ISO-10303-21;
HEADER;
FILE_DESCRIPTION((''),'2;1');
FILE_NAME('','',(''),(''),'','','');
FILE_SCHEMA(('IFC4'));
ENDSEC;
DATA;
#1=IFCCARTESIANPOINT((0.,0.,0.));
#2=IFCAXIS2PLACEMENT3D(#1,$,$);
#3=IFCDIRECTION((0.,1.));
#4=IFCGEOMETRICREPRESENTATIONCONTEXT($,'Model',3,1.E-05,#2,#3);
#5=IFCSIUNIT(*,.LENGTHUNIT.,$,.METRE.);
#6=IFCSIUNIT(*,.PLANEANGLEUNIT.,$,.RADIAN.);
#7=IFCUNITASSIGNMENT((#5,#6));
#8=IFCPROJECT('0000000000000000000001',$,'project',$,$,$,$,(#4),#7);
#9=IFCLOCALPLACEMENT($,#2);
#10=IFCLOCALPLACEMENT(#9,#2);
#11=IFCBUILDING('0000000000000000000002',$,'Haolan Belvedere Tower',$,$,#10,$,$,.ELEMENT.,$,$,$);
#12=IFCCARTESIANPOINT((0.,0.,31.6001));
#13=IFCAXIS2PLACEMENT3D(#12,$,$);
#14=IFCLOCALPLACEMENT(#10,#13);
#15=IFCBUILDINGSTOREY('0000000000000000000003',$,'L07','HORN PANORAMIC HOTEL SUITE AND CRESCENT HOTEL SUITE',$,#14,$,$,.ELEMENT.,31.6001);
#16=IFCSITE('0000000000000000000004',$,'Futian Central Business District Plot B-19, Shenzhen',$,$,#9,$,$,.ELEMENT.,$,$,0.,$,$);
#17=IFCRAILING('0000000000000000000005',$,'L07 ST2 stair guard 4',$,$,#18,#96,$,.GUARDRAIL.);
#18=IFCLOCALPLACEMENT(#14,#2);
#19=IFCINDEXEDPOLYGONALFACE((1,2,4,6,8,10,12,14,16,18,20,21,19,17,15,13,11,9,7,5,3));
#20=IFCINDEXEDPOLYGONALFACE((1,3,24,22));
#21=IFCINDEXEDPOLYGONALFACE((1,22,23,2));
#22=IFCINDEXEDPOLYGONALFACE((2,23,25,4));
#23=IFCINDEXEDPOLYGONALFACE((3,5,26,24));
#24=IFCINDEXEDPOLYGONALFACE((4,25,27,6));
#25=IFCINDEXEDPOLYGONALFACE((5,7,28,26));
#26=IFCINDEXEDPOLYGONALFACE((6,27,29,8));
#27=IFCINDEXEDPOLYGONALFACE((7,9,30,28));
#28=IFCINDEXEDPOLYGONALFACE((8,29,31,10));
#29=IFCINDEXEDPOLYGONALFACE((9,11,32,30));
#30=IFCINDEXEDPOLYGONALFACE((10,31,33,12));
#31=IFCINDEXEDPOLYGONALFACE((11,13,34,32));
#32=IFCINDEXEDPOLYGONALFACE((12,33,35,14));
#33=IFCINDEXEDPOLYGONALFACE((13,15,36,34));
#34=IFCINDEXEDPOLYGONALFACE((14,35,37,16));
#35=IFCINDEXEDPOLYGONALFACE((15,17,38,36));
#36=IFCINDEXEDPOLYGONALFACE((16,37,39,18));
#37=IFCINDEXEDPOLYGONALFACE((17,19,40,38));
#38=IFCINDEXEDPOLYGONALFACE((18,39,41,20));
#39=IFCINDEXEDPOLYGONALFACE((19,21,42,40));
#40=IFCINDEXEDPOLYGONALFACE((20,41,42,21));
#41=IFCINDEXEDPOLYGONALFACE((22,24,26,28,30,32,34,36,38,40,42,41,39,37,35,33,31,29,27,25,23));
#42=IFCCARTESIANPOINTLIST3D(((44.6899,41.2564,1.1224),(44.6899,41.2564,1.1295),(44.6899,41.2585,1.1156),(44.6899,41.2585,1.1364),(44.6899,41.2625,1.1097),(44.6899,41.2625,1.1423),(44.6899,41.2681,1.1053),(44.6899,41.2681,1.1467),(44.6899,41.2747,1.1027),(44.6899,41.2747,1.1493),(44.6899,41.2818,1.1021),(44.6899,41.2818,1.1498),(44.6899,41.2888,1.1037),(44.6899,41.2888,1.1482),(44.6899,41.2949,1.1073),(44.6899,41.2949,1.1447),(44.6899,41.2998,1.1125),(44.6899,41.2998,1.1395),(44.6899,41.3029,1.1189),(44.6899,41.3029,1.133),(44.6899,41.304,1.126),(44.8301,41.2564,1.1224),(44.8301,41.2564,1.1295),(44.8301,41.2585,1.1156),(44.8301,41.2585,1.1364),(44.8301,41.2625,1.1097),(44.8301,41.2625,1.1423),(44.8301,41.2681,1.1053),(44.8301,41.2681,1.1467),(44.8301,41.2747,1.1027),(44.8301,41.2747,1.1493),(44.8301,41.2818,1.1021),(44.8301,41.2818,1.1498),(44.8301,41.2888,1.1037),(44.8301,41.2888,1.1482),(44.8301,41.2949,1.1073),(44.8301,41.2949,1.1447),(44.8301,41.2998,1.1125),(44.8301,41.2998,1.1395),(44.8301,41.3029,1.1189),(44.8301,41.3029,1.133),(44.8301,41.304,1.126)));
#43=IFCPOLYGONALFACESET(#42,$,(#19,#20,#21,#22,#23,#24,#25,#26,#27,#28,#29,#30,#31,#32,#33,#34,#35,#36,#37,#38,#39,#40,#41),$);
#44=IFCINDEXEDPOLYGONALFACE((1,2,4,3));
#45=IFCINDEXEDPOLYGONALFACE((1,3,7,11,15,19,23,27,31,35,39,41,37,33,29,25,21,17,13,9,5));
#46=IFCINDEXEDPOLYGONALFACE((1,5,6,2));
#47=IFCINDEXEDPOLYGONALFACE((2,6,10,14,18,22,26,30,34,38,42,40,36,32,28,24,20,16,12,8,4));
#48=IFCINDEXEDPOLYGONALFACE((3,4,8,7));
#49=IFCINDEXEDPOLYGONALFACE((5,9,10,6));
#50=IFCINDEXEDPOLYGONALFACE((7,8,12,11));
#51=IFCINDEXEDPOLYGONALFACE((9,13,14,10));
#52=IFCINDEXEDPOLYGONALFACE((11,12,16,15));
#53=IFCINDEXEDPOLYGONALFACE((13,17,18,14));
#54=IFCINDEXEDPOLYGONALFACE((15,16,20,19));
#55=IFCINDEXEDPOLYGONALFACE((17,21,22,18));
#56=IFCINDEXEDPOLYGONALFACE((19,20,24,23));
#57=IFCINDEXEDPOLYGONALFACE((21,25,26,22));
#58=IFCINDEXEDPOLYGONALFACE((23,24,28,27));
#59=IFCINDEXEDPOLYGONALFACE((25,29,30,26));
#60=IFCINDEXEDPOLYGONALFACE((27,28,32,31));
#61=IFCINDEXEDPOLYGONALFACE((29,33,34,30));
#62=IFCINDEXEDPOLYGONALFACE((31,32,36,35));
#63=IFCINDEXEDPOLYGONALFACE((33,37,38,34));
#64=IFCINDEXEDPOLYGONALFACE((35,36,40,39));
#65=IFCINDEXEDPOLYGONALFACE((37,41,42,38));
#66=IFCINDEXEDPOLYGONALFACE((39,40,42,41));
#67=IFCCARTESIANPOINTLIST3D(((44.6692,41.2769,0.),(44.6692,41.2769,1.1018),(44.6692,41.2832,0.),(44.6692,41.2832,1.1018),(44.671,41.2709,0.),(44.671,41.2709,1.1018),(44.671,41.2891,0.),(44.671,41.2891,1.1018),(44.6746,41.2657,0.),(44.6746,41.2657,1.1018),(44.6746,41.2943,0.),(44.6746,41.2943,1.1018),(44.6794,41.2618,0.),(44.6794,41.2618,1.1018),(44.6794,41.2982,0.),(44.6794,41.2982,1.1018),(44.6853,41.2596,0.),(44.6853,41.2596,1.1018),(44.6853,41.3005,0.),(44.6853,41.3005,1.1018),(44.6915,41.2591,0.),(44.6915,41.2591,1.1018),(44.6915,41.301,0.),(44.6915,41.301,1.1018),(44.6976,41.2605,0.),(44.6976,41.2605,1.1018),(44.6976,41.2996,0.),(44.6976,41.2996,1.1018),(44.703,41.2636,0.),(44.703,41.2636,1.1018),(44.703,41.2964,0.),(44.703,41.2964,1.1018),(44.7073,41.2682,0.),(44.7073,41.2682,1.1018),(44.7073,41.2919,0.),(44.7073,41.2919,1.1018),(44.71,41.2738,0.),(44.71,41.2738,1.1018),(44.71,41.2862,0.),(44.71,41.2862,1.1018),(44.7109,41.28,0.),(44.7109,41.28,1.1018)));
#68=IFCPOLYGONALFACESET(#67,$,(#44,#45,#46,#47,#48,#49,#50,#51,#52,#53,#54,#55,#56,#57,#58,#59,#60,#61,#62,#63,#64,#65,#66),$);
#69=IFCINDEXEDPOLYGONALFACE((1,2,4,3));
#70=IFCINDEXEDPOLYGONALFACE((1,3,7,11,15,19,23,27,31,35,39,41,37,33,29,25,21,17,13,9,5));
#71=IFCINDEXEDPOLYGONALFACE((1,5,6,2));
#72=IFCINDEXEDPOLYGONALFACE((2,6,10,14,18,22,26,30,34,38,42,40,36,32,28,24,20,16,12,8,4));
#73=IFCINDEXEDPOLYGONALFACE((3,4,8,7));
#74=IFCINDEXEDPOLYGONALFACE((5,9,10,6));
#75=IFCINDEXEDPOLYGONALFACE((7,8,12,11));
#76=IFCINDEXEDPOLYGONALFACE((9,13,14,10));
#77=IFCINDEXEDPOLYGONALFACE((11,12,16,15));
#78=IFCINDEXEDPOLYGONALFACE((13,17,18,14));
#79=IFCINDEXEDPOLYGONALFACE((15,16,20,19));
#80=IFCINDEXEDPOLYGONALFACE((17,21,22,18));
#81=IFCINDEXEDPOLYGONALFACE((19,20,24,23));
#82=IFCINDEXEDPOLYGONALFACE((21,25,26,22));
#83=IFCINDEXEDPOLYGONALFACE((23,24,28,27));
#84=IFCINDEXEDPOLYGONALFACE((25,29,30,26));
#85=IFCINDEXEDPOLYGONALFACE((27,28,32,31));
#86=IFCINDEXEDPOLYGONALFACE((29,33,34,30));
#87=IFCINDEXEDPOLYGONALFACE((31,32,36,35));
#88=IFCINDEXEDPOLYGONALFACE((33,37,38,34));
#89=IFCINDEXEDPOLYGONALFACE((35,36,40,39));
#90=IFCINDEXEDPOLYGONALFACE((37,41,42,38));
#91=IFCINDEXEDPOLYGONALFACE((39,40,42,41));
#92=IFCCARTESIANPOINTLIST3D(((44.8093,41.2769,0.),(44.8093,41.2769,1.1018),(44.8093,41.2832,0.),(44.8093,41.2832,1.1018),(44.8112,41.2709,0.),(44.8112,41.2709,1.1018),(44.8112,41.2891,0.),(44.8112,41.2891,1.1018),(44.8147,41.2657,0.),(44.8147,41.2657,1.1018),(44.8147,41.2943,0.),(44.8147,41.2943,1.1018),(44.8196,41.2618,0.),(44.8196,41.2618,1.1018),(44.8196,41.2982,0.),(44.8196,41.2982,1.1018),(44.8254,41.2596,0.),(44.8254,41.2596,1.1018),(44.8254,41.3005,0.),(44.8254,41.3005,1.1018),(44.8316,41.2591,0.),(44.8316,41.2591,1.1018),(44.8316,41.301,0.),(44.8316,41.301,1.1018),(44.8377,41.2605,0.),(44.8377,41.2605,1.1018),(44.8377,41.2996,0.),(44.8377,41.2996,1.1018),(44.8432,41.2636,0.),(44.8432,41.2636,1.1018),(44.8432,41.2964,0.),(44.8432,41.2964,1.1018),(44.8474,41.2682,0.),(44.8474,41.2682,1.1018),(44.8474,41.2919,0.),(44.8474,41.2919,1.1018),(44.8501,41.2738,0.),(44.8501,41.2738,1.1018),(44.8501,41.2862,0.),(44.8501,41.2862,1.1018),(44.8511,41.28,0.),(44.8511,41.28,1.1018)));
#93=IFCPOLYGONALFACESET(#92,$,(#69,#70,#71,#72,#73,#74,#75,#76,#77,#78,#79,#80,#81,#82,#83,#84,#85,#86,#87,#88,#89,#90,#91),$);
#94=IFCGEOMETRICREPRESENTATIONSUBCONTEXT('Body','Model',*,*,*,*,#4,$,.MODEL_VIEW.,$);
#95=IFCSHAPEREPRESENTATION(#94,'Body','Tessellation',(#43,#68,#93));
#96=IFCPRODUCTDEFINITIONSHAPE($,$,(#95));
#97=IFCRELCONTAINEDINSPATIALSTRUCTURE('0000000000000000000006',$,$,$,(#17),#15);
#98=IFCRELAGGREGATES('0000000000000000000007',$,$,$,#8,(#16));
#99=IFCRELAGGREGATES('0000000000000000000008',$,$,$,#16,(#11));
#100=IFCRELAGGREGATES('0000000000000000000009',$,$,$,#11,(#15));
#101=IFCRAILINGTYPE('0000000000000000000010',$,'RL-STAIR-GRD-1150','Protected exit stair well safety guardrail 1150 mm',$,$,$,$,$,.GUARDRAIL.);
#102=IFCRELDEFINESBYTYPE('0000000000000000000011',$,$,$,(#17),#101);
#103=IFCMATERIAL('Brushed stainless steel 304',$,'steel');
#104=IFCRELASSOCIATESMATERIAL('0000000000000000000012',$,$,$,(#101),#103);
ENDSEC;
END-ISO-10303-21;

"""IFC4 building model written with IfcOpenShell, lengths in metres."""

from ifc_helpers import new_model, si_unit, direction, frame, origin, origin_2d, place, context, subcontext, project, spatial, circle, extrude, material, type_object, element, save


model = new_model("IFC4")

# Units and contexts
model_context = context("Model", 3, precision=1e-05, world=origin(), true_north=direction((0.0, 1.0)))
body_context = subcontext(model_context, "Body", "Model", "MODEL_VIEW")
ifc_project = project(units=[si_unit("LENGTHUNIT", "METRE"), si_unit("PLANEANGLEUNIT", "RADIAN")], contexts=[model_context])

# Site, building, storey
site_placement = place(None, origin())
site = spatial("IfcSite", under=ifc_project, at=site_placement, Name="Futian Central Business District Plot B-19, Shenzhen", CompositionType="ELEMENT", RefElevation=0.0)
building_placement = place(site_placement, origin())
building = spatial("IfcBuilding", under=site, at=building_placement, Name="Haolan Belvedere Tower", CompositionType="ELEMENT")
storey_placement = place(building_placement, frame((0.0, 0.0, 31.6001)))
storey = spatial("IfcBuildingStorey", under=building, at=storey_placement, Name="L07", Description="HORN PANORAMIC HOTEL SUITE AND CRESCENT HOTEL SUITE", CompositionType="ELEMENT", Elevation=31.6001)

# Railing
ifc_material_1 = material(Name="Brushed stainless steel 304", Category="steel")
railing_type = type_object("IfcRailingType", Name="RL-STAIR-GRD-1150", Description="Protected exit stair well safety guardrail 1150 mm", PredefinedType="GUARDRAIL", material=ifc_material_1)
railing_1_placement = place(storey_placement, frame((44.6899, 41.28, 0.0)))
element("IfcRailing", 1, at=railing_1_placement, inside=storey, type_object=railing_type, Name="L07 ST2 stair guard 4", PredefinedType="GUARDRAIL", context=body_context, shape_type="SweptSolid", body=[
    extrude(circle(Radius=0.0239, at=origin_2d()), frame((0.0, 0.0, 1.126), z_axis=(1.0, 0.0, 0.0), x_axis=(0.0, 1.0, 0.0)), (0.0, 0.0, 1.0), 0.1401),
    extrude(circle(Radius=0.021, at=origin_2d()), origin(), (0.0, 0.0, 1.0), 1.1018),
    extrude(circle(Radius=0.021, at=origin_2d()), frame((0.1401, 0.0, 0.0)), (0.0, 0.0, 1.0), 1.1018),
])

save(model, "model.ifc")
